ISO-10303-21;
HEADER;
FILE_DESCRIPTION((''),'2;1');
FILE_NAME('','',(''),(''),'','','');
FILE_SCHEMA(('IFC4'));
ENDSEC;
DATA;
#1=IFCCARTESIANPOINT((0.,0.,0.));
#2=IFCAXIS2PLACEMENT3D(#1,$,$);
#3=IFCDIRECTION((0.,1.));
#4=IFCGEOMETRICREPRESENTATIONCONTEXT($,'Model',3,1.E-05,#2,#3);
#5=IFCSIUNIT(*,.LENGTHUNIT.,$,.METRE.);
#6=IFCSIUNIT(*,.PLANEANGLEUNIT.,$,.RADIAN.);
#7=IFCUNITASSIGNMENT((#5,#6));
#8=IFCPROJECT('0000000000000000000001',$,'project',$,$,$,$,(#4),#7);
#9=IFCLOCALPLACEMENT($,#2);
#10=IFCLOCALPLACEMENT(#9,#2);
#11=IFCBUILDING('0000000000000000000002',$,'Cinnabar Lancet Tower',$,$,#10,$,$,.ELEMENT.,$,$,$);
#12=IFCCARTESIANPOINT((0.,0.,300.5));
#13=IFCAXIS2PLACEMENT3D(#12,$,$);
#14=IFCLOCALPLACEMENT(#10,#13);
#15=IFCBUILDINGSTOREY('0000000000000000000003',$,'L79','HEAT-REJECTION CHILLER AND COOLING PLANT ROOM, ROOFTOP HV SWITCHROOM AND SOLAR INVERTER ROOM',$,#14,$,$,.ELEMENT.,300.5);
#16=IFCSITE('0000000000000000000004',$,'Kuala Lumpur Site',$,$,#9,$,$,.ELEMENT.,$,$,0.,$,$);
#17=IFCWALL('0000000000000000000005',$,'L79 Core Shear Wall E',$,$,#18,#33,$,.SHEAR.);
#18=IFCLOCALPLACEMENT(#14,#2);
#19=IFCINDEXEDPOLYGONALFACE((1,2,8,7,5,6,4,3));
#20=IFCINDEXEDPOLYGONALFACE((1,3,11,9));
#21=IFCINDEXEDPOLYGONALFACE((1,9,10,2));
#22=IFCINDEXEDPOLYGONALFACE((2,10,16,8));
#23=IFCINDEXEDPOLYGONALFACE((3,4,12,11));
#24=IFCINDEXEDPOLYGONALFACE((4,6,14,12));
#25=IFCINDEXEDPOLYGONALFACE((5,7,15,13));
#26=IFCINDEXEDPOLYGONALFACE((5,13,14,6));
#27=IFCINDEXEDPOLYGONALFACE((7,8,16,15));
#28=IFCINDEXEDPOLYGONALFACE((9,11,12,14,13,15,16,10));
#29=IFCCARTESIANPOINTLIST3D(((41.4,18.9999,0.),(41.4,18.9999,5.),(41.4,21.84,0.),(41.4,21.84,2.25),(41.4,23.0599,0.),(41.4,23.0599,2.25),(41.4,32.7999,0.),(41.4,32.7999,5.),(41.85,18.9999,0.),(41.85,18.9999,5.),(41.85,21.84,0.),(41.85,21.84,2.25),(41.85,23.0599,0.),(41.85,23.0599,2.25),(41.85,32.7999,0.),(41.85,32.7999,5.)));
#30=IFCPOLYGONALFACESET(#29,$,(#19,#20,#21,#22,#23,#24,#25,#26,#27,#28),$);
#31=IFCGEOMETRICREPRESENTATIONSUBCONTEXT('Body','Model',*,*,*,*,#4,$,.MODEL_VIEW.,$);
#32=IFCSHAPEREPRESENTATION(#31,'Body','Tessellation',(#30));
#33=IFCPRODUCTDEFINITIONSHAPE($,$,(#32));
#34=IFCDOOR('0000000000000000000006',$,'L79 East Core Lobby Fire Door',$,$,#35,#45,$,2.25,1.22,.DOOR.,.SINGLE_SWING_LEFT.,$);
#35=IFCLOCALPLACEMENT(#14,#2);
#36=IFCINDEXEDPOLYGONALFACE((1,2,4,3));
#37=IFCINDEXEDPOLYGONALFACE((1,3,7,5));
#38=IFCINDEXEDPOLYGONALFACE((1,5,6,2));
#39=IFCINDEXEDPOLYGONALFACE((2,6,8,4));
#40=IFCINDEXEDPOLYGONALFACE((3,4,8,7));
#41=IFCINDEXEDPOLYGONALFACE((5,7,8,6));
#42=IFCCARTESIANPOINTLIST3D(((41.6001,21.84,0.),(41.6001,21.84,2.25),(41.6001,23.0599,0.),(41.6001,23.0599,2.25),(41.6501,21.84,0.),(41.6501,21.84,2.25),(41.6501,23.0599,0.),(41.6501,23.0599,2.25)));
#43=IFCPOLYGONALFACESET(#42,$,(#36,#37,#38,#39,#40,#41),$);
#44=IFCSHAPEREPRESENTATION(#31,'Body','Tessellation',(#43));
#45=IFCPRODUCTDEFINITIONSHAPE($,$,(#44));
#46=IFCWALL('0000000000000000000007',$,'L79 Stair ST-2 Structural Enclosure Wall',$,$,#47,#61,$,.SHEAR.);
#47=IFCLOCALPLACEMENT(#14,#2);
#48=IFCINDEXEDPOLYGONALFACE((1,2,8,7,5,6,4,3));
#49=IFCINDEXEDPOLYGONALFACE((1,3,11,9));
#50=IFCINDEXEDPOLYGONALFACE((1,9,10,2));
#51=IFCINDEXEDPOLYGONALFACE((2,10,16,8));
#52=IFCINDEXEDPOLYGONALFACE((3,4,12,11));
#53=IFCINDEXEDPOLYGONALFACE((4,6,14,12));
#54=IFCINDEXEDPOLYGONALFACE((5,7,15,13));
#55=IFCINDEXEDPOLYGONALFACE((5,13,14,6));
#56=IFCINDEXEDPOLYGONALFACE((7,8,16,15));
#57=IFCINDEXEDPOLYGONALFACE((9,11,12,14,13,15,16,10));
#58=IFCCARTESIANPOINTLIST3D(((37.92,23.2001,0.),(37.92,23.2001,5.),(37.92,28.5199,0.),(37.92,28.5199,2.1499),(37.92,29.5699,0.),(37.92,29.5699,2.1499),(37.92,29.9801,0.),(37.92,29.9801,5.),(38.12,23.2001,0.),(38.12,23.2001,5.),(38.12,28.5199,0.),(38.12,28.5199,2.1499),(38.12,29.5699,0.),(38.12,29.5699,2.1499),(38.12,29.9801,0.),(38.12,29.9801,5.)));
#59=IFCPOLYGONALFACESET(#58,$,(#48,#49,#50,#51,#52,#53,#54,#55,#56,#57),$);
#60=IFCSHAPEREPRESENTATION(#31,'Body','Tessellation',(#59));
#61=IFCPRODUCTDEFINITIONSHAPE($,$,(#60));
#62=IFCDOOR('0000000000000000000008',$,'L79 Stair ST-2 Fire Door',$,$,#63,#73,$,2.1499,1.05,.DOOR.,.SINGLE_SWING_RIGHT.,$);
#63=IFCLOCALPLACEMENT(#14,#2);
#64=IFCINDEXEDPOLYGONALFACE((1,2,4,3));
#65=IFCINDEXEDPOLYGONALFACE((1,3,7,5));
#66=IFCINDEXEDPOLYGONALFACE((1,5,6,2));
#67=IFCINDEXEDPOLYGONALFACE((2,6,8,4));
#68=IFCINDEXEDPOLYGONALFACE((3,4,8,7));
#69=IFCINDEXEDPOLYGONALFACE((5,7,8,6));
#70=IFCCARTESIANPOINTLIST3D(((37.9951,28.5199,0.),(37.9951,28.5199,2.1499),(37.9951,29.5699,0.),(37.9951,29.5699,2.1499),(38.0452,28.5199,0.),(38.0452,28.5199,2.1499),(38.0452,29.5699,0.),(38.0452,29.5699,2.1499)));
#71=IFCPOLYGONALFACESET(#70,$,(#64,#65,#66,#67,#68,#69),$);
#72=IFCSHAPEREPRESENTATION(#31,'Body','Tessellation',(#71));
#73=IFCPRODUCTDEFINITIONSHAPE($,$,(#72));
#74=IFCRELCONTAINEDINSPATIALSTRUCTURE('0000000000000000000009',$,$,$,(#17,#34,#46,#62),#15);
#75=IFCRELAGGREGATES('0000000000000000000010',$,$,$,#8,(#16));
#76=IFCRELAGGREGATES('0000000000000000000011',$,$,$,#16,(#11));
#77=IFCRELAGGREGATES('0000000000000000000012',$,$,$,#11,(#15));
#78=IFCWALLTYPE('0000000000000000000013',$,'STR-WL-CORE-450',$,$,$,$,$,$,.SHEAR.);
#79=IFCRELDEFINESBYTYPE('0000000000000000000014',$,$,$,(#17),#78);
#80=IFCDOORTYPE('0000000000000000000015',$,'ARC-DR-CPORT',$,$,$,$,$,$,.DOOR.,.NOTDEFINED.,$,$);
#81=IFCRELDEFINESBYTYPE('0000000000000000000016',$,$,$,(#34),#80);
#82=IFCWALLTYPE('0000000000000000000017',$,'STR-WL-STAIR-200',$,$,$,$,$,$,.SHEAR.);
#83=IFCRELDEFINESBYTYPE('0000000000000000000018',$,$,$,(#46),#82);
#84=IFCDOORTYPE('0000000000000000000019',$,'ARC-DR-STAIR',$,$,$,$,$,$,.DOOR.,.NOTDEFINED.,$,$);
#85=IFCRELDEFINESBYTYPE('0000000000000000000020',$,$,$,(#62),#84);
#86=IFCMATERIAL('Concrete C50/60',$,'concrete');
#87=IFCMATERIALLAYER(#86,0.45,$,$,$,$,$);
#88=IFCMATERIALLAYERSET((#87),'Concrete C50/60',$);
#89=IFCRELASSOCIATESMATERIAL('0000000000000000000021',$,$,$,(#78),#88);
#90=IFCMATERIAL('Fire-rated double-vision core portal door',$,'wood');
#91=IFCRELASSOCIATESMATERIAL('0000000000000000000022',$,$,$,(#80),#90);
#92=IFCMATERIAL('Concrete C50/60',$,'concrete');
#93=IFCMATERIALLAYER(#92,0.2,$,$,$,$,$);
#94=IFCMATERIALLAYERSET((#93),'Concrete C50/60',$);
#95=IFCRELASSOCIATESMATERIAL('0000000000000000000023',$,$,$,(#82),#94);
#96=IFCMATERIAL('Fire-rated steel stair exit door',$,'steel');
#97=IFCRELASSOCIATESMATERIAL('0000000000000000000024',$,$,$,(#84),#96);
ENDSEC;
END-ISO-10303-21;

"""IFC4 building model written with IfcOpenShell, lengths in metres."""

from ifc_helpers import new_model, si_unit, direction, frame, frame_2d, origin, place, context, subcontext, project, spatial, rectangle, extrude, material, layer, layer_set, type_object, element, fill, save


model = new_model("IFC4")

# Units and contexts
model_context = context("Model", 3, precision=1e-05, world=origin(), true_north=direction((0.0, 1.0)))
body_context = subcontext(model_context, "Body", "Model", "MODEL_VIEW")
ifc_project = project(units=[si_unit("LENGTHUNIT", "METRE"), si_unit("PLANEANGLEUNIT", "RADIAN")], contexts=[model_context])

# Site, building, storey
site_placement = place(None, origin())
site = spatial("IfcSite", under=ifc_project, at=site_placement, Name="Kuala Lumpur Site", CompositionType="ELEMENT", RefElevation=0.0)
building_placement = place(site_placement, origin())
building = spatial("IfcBuilding", under=site, at=building_placement, Name="Cinnabar Lancet Tower", CompositionType="ELEMENT")
storey_placement = place(building_placement, frame((0.0, 0.0, 300.5)))
storey = spatial("IfcBuildingStorey", under=building, at=storey_placement, Name="L79", Description="HEAT-REJECTION CHILLER AND COOLING PLANT ROOM, ROOFTOP HV SWITCHROOM AND SOLAR INVERTER ROOM", CompositionType="ELEMENT", Elevation=300.5)

# Walls, openings, doors
ifc_material_1 = material(Name="Concrete C50/60", Category="concrete")
ifc_layer_1 = layer(ifc_material_1, 0.45)
ifc_layer_set_1 = layer_set([ifc_layer_1], Name="Concrete C50/60")
wall_type_1 = type_object("IfcWallType", Name="STR-WL-CORE-450", PredefinedType="SHEAR", material=ifc_layer_set_1)
wall_1_placement = place(storey_placement, frame((41.625, 19.0, 0.0), z_axis=(0.0, 0.0, 1.0), x_axis=(0.0, 1.0, 0.0)))
wall_1 = element("IfcWall", 1, at=wall_1_placement, inside=storey, type_object=wall_type_1, Name="L79 Core Shear Wall E", PredefinedType="SHEAR", context=body_context, shape_type="SweptSolid", body=[
    extrude(rectangle(XDim=13.8, YDim=0.45, at=frame_2d((6.8999, 0.0))), origin(), (0.0, 0.0, 1.0), 5.0),
])
opening_1_placement = place(wall_1_placement, frame((2.8401, 0.0, 0.0)))
opening_1 = element("IfcOpeningElement", 2, at=opening_1_placement, cuts=wall_1, PredefinedType="OPENING", context=body_context, shape_type="SweptSolid", body=[
    extrude(rectangle(XDim=1.22, YDim=2.25, at=frame_2d((0.6099, 1.125))), frame((0.0, 0.2349, 0.0), z_axis=(0.0, -1.0, 0.0), x_axis=(1.0, 0.0, 0.0)), (0.0, 0.0, 1.0), 0.47),
])
ifc_material_2 = material(Name="Fire-rated double-vision core portal door", Category="wood")
door_type_1 = type_object("IfcDoorType", Name="ARC-DR-CPORT", OperationType="NOTDEFINED", PredefinedType="DOOR", material=ifc_material_2)
door_1_placement = place(opening_1_placement, origin())
door_1 = element("IfcDoor", 3, at=door_1_placement, inside=storey, type_object=door_type_1, Name="L79 East Core Lobby Fire Door", OperationType="SINGLE_SWING_LEFT", OverallHeight=2.25, OverallWidth=1.22, PredefinedType="DOOR", context=body_context, shape_type="SweptSolid", body=[
    extrude(rectangle(XDim=1.22, YDim=2.25, at=frame_2d((0.6099, 1.125))), frame((0.0, 0.0249, 0.0), z_axis=(0.0, -1.0, 0.0), x_axis=(1.0, 0.0, 0.0)), (0.0, 0.0, 1.0), 0.05),
])
fill(opening_1, door_1)
ifc_material_3 = material(Name="Concrete C50/60", Category="concrete")
ifc_layer_2 = layer(ifc_material_3, 0.2)
ifc_layer_set_2 = layer_set([ifc_layer_2], Name="Concrete C50/60")
wall_type_2 = type_object("IfcWallType", Name="STR-WL-STAIR-200", PredefinedType="SHEAR", material=ifc_layer_set_2)
wall_2_placement = place(storey_placement, frame((38.02, 23.2, 0.0), z_axis=(0.0, 0.0, 1.0), x_axis=(0.0, 1.0, 0.0)))
wall_2 = element("IfcWall", 4, at=wall_2_placement, inside=storey, type_object=wall_type_2, Name="L79 Stair ST-2 Structural Enclosure Wall", PredefinedType="SHEAR", context=body_context, shape_type="SweptSolid", body=[
    extrude(rectangle(XDim=6.78, YDim=0.2, at=frame_2d((3.3901, 0.0))), origin(), (0.0, 0.0, 1.0), 5.0),
])
opening_2_placement = place(wall_2_placement, frame((5.3201, 0.0, 0.0)))
opening_2 = element("IfcOpeningElement", 5, at=opening_2_placement, cuts=wall_2, PredefinedType="OPENING", context=body_context, shape_type="SweptSolid", body=[
    extrude(rectangle(XDim=1.05, YDim=2.1499, at=frame_2d((0.5249, 1.075))), frame((0.0, 0.1099, 0.0), z_axis=(0.0, -1.0, 0.0), x_axis=(1.0, 0.0, 0.0)), (0.0, 0.0, 1.0), 0.22),
])
ifc_material_4 = material(Name="Fire-rated steel stair exit door", Category="steel")
door_type_2 = type_object("IfcDoorType", Name="ARC-DR-STAIR", OperationType="NOTDEFINED", PredefinedType="DOOR", material=ifc_material_4)
door_2_placement = place(opening_2_placement, origin())
door_2 = element("IfcDoor", 6, at=door_2_placement, inside=storey, type_object=door_type_2, Name="L79 Stair ST-2 Fire Door", OperationType="SINGLE_SWING_RIGHT", OverallHeight=2.1499, OverallWidth=1.05, PredefinedType="DOOR", context=body_context, shape_type="SweptSolid", body=[
    extrude(rectangle(XDim=1.05, YDim=2.1499, at=frame_2d((0.5249, 1.075))), frame((0.0, 0.0249, 0.0), z_axis=(0.0, -1.0, 0.0), x_axis=(1.0, 0.0, 0.0)), (0.0, 0.0, 1.0), 0.05),
])
fill(opening_2, door_2)

save(model, "model.ifc")
